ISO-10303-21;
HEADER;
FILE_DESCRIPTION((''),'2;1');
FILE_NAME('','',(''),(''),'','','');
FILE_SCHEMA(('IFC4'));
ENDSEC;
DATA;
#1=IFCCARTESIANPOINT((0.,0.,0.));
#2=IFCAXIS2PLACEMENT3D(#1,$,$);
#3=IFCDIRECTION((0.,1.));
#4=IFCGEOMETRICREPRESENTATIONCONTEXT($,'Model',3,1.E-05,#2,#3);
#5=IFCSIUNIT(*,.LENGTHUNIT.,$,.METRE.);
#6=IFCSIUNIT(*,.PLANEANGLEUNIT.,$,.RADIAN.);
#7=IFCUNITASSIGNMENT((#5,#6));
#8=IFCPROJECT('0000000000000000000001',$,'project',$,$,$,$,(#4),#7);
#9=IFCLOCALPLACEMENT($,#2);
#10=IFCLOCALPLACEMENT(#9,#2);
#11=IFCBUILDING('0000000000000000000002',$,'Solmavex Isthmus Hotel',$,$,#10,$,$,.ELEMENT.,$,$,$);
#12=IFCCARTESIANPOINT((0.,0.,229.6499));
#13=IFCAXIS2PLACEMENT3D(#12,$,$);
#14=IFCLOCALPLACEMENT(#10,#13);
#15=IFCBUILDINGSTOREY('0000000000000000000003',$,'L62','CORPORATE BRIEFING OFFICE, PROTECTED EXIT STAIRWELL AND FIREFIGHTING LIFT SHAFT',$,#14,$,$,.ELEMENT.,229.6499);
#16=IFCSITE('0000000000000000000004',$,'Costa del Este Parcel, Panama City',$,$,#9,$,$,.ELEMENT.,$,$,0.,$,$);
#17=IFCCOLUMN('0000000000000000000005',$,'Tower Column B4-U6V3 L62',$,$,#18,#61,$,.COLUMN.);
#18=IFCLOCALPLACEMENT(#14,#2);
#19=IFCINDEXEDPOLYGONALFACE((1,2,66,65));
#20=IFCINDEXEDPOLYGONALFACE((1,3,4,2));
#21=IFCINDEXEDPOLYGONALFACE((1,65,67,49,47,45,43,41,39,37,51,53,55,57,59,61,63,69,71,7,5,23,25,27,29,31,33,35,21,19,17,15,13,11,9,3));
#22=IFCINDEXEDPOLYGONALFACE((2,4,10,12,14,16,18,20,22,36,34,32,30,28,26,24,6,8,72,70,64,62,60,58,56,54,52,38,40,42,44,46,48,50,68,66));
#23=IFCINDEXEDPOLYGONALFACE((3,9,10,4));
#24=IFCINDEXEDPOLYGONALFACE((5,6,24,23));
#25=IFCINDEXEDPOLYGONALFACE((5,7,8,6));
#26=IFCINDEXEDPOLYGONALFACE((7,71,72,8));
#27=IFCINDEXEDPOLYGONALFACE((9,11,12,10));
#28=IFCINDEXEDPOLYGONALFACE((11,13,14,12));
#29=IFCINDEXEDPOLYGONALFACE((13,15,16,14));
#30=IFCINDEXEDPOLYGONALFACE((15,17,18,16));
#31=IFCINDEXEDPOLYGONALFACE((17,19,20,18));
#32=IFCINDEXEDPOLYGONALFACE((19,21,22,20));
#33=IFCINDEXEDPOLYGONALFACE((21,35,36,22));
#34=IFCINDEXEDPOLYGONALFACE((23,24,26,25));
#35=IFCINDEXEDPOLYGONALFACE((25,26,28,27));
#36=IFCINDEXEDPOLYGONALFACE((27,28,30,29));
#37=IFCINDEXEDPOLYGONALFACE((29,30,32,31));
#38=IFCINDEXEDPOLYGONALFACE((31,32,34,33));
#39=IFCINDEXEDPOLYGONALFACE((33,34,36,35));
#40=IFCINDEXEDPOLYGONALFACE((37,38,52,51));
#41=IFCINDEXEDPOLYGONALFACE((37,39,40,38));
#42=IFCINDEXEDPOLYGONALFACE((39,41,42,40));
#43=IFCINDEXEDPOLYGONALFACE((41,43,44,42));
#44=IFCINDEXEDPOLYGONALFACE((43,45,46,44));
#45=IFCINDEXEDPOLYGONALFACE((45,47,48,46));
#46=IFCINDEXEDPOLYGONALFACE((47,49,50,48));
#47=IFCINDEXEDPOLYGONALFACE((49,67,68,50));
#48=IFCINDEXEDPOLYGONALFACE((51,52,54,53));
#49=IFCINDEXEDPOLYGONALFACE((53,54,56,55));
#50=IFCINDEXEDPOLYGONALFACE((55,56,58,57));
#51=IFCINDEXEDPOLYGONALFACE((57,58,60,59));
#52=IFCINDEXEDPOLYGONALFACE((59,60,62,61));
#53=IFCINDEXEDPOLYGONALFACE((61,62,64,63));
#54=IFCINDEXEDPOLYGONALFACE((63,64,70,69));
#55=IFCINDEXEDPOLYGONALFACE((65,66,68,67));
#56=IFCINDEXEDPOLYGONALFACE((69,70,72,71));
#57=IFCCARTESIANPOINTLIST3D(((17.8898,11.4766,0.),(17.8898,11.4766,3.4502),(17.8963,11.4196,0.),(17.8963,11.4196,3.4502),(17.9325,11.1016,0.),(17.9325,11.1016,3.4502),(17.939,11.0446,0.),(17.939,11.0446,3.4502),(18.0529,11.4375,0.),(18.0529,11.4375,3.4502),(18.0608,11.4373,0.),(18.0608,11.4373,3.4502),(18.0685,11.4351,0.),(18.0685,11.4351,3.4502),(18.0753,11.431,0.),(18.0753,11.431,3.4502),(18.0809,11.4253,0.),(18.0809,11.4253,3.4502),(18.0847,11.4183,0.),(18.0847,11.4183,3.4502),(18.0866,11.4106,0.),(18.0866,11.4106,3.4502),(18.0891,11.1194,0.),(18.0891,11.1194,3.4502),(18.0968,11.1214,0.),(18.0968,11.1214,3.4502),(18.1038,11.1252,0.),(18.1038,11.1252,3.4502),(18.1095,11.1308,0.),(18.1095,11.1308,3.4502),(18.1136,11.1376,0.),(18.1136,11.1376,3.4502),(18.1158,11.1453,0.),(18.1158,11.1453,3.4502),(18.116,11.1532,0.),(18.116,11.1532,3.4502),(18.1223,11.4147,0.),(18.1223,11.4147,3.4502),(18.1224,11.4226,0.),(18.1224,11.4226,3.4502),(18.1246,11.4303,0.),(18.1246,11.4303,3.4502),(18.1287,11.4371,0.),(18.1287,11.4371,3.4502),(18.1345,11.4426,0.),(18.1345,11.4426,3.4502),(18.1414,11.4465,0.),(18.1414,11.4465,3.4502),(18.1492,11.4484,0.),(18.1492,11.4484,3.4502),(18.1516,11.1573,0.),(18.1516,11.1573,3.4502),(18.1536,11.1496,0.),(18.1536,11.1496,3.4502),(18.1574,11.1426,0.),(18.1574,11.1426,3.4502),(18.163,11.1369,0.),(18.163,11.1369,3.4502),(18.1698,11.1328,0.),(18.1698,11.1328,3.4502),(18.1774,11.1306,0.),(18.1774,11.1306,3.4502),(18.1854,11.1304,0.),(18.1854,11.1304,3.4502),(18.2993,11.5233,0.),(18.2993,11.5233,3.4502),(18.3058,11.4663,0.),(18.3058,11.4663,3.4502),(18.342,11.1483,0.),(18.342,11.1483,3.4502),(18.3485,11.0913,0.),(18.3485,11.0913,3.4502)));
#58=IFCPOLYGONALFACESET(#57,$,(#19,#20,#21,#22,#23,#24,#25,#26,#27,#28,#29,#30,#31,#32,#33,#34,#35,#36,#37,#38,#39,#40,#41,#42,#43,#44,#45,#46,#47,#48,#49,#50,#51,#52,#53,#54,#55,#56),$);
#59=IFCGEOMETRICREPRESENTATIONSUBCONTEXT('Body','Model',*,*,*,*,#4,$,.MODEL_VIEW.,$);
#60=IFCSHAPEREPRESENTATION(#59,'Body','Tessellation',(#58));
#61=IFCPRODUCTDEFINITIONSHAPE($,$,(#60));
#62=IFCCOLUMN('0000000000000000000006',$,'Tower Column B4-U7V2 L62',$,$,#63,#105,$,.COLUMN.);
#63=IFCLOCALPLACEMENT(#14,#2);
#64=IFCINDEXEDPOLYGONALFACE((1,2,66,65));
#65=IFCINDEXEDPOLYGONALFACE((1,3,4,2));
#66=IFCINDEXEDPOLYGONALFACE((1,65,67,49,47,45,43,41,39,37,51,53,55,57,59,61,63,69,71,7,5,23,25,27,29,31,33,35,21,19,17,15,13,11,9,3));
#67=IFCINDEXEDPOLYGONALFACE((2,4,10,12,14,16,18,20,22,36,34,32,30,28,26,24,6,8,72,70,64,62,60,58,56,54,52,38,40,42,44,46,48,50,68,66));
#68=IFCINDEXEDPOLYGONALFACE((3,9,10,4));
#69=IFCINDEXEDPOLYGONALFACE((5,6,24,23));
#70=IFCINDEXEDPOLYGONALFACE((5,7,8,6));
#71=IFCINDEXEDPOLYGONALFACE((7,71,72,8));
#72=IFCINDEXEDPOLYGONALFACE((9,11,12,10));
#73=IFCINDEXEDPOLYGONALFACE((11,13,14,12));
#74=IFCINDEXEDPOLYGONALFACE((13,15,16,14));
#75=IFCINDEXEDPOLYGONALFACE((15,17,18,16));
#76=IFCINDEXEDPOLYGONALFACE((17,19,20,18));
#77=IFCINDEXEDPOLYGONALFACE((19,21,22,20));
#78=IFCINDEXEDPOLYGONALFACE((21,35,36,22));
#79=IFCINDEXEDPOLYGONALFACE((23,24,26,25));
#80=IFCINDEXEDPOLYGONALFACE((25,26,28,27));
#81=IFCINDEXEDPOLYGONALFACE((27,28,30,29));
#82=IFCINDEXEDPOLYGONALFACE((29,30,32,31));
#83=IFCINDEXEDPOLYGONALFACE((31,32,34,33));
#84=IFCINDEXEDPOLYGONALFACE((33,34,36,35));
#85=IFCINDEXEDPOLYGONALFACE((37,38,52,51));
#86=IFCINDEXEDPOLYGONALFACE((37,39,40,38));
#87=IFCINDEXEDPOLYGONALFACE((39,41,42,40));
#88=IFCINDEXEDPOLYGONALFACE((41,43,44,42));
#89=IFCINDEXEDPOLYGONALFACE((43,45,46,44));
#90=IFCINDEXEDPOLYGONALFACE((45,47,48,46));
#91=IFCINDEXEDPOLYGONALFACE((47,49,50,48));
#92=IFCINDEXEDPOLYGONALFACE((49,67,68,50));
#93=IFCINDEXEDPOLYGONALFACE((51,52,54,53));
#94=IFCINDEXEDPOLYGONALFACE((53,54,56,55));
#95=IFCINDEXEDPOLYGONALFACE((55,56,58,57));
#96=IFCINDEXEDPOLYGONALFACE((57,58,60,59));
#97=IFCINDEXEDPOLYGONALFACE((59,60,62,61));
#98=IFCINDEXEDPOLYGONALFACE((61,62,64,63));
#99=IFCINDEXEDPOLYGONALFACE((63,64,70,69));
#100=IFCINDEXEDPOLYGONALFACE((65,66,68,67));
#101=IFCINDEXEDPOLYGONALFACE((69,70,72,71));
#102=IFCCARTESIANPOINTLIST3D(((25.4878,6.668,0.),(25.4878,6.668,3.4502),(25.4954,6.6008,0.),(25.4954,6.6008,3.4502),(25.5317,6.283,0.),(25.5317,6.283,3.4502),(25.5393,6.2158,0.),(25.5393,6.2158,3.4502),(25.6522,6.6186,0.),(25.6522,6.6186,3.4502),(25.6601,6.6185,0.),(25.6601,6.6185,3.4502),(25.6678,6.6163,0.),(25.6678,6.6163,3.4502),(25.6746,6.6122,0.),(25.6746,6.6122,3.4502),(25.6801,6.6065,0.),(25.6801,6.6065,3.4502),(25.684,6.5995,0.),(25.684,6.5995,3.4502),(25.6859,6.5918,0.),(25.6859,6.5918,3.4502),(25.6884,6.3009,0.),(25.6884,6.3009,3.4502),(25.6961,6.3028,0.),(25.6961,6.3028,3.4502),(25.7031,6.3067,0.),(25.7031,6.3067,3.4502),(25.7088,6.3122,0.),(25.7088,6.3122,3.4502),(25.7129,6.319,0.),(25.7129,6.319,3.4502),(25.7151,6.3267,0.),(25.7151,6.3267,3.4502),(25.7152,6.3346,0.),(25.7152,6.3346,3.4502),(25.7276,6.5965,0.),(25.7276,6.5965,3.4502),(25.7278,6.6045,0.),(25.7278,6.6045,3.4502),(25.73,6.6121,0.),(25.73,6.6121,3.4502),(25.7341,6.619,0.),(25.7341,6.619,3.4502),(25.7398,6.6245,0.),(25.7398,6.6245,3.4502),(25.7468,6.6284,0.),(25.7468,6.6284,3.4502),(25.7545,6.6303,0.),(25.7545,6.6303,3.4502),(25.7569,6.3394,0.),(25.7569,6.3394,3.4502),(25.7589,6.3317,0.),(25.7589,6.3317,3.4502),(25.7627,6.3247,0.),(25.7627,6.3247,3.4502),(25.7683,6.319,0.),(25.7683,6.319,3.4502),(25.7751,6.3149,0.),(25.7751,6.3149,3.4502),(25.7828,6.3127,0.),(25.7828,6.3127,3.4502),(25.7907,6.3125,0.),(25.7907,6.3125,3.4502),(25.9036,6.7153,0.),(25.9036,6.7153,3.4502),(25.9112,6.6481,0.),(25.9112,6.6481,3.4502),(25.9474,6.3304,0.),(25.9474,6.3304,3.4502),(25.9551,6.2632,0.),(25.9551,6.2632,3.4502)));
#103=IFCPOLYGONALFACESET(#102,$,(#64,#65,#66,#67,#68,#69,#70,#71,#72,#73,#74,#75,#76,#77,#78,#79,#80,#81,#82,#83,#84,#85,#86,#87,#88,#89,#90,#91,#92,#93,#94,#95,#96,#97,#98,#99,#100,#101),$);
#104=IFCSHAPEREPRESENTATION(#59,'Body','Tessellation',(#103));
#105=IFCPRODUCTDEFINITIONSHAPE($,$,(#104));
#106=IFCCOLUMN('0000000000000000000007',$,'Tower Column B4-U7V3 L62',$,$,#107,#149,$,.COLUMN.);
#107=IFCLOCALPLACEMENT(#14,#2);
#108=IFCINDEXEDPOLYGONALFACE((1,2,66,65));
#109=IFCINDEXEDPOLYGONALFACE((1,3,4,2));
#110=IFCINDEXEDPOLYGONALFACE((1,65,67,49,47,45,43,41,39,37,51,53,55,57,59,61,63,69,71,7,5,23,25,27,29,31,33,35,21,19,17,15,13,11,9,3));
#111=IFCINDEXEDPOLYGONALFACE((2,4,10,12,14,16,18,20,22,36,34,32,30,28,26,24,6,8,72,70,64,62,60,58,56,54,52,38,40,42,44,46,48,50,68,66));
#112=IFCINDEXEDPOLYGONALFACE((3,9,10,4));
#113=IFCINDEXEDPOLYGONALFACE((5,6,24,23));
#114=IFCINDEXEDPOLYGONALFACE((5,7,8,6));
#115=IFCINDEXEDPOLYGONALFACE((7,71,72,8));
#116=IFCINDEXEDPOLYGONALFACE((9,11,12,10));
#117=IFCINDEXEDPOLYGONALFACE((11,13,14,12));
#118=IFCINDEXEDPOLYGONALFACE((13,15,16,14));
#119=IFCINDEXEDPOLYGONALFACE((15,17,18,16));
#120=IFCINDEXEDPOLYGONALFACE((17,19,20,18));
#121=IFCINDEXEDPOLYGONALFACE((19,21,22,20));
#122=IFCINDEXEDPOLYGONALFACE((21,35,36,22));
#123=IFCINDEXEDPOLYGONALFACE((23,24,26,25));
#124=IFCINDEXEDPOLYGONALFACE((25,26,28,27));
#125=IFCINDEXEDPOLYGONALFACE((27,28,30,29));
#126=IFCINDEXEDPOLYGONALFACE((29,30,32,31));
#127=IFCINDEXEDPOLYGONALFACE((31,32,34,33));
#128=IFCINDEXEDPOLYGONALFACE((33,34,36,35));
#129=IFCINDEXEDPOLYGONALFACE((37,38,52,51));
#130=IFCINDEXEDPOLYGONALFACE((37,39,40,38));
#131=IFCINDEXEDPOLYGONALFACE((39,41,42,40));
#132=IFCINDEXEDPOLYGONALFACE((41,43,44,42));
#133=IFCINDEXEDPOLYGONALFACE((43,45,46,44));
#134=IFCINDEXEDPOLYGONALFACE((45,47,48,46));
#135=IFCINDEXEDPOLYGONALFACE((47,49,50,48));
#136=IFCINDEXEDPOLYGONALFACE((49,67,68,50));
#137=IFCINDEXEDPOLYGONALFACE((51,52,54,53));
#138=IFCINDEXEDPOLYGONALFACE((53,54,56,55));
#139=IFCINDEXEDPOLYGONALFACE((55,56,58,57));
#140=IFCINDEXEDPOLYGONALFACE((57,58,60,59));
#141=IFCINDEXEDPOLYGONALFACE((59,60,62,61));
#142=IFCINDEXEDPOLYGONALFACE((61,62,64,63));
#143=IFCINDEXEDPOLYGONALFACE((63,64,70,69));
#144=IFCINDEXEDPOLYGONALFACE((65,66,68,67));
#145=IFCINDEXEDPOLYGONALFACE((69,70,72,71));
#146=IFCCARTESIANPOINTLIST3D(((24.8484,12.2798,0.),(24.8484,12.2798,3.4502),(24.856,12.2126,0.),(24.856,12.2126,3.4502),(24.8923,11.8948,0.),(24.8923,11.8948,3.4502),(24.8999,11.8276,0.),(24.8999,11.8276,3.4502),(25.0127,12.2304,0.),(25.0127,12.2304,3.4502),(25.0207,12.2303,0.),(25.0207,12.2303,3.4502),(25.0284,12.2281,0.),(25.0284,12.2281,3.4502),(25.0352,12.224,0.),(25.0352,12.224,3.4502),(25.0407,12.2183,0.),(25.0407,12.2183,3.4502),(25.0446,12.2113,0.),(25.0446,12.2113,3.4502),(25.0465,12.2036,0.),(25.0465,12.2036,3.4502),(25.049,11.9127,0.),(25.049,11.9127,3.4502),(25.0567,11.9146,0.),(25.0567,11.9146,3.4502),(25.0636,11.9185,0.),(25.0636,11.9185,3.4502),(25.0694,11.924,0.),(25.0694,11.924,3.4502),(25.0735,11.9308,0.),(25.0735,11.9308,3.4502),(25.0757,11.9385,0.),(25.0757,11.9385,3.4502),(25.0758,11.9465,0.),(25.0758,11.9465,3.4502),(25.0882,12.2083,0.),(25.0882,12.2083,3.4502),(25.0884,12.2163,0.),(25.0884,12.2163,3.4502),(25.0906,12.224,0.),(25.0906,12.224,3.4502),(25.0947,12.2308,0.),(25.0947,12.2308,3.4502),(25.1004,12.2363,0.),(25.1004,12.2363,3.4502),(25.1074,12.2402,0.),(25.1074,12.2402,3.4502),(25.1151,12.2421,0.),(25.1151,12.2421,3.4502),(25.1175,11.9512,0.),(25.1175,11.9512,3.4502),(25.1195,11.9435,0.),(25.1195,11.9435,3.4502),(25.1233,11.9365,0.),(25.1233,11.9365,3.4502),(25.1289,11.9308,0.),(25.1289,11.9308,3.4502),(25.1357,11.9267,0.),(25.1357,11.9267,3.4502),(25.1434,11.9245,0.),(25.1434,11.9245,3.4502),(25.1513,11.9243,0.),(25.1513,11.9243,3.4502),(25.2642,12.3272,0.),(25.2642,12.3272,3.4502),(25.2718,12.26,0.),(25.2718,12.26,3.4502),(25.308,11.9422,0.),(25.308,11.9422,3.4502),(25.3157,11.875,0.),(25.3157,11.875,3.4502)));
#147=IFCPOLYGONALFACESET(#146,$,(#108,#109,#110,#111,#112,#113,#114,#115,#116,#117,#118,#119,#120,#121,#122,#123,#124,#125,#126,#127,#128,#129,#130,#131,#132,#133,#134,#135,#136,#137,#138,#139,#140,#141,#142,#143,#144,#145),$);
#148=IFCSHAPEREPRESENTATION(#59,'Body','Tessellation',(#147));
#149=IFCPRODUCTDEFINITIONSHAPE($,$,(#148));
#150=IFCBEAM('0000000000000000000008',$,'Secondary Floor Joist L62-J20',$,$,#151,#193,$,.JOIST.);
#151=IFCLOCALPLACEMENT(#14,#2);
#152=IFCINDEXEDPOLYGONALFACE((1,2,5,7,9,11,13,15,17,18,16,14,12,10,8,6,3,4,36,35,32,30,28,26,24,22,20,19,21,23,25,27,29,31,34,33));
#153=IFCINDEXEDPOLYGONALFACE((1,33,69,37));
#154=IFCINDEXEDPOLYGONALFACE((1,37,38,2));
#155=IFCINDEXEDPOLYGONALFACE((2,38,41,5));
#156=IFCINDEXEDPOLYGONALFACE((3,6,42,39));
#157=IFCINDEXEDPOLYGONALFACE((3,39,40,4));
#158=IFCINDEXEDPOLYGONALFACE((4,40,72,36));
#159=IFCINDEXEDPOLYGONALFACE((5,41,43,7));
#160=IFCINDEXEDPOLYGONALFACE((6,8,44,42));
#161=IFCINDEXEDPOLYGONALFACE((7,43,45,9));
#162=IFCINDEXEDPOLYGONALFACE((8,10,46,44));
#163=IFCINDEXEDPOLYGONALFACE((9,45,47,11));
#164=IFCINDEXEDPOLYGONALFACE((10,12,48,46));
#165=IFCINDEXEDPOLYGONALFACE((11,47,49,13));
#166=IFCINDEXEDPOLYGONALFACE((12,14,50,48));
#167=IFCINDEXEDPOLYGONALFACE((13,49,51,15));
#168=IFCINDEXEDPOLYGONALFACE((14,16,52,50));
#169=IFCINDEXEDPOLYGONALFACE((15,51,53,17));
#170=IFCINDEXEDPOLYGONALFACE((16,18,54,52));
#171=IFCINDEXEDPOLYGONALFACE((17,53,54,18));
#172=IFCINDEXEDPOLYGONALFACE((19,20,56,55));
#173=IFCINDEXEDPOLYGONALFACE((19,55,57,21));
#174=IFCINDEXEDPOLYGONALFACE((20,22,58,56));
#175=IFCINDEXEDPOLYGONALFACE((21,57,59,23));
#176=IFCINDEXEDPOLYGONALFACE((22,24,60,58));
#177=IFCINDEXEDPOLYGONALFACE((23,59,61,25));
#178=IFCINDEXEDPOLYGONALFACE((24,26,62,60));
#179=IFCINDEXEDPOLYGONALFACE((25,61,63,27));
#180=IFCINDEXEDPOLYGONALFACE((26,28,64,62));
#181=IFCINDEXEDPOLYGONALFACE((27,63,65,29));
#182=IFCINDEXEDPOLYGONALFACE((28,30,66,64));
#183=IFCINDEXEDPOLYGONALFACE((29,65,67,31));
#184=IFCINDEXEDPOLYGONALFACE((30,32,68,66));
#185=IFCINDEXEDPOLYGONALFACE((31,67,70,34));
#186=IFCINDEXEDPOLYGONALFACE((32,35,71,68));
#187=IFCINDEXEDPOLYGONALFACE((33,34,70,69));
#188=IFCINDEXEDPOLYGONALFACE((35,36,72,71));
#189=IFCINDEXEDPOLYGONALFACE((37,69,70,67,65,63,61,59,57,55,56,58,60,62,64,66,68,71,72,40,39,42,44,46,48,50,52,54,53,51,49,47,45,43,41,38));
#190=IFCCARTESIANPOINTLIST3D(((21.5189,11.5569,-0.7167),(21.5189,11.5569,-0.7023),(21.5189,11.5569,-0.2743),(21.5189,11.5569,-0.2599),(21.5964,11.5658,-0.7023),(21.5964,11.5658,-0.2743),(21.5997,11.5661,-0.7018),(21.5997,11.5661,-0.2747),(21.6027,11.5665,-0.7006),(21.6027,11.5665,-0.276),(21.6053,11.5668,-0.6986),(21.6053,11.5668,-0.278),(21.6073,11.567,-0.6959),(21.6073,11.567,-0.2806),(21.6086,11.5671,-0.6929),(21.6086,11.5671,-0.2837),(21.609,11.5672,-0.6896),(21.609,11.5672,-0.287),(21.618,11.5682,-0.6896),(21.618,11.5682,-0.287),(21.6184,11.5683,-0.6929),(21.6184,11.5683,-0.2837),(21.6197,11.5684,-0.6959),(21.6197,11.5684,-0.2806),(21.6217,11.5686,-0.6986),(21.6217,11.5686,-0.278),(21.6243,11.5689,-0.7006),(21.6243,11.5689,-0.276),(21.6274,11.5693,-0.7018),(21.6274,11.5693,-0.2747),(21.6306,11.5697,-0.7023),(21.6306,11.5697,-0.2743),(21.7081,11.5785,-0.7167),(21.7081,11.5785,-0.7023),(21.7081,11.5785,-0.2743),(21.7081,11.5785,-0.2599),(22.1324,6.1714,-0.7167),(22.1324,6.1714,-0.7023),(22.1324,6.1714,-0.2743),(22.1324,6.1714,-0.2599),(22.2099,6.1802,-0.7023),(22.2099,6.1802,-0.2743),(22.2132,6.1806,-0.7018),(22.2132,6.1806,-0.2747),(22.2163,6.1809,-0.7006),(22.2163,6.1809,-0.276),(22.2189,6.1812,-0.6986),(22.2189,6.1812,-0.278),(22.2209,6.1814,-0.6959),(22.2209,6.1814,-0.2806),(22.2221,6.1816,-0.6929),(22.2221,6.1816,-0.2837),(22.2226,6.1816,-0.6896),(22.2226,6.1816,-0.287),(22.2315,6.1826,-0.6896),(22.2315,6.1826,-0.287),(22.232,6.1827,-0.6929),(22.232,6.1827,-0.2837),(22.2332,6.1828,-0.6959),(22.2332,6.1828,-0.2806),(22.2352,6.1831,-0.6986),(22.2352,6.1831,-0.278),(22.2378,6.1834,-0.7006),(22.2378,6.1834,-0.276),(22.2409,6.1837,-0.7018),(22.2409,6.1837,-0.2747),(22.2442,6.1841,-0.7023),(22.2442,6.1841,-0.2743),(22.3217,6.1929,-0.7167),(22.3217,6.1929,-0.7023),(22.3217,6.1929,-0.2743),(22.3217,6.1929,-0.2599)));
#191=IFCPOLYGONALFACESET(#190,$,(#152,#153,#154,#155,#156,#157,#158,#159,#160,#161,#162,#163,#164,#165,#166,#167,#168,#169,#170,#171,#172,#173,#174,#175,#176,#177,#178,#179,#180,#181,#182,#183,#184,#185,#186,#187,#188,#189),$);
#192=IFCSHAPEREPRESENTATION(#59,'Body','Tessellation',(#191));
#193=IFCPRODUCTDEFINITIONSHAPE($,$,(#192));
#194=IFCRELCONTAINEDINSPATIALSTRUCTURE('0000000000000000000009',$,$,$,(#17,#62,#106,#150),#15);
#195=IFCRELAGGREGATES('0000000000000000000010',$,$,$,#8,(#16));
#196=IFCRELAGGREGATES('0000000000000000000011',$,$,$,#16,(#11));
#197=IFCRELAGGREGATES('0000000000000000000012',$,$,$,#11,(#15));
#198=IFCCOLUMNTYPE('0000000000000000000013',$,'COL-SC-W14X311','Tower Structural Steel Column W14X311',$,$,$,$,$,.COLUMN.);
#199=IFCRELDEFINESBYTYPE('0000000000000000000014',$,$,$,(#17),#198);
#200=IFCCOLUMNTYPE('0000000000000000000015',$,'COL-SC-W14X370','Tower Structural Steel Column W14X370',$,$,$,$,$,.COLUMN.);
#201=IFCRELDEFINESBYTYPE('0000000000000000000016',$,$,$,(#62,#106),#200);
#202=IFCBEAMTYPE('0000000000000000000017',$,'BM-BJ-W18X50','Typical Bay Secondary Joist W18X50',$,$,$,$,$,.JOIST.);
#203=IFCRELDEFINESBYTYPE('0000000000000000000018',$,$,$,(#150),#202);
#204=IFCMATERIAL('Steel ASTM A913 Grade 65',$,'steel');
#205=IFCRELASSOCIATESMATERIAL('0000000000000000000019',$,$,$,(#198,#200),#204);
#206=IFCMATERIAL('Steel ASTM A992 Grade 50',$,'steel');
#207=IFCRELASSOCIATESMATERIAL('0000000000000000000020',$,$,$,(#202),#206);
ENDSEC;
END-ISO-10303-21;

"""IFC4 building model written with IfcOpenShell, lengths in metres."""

from ifc_helpers import new_model, si_unit, direction, frame, origin, origin_2d, place, context, subcontext, project, spatial, i_section, extrude, material, material_profile, profile_set, type_object, element, save


model = new_model("IFC4")

# Units and contexts
model_context = context("Model", 3, precision=1e-05, world=origin(), true_north=direction((0.0, 1.0)))
body_context = subcontext(model_context, "Body", "Model", "MODEL_VIEW")
ifc_project = project(units=[si_unit("LENGTHUNIT", "METRE"), si_unit("PLANEANGLEUNIT", "RADIAN")], contexts=[model_context])

# Site, building, storey
site_placement = place(None, origin())
site = spatial("IfcSite", under=ifc_project, at=site_placement, Name="Costa del Este Parcel, Panama City", CompositionType="ELEMENT", RefElevation=0.0)
building_placement = place(site_placement, origin())
building = spatial("IfcBuilding", under=site, at=building_placement, Name="Solmavex Isthmus Hotel", CompositionType="ELEMENT")
storey_placement = place(building_placement, frame((0.0, 0.0, 229.6499)))
storey = spatial("IfcBuildingStorey", under=building, at=storey_placement, Name="L62", Description="CORPORATE BRIEFING OFFICE, PROTECTED EXIT STAIRWELL AND FIREFIGHTING LIFT SHAFT", CompositionType="ELEMENT", Elevation=229.6499)

# Columns
ifc_material_1 = material(Name="Steel ASTM A913 Grade 65", Category="steel")
ifc_material_profile_1 = material_profile(ifc_material_1, i_section(OverallWidth=0.4121, OverallDepth=0.4348, WebThickness=0.0359, FlangeThickness=0.0574, FilletRadius=0.0305, at=origin_2d()), Name="W14X311")
ifc_profile_set_1 = profile_set([ifc_material_profile_1], Name="Steel ASTM A913 Grade 65")
column_type_1 = type_object("IfcColumnType", Name="COL-SC-W14X311", Description="Tower Structural Steel Column W14X311", PredefinedType="COLUMN", material=ifc_profile_set_1)
column_placement = place(storey_placement, frame((18.1191, 11.2839, 0.0), z_axis=(0.0, 0.0, 1.0), x_axis=(0.993572, 0.113203, 0.0)))
element("IfcColumn", 1, at=column_placement, inside=storey, type_object=column_type_1, Name="Tower Column B4-U6V3 L62", PredefinedType="COLUMN", context=body_context, shape_type="SweptSolid", body=[
    extrude(i_section(OverallWidth=0.4121, OverallDepth=0.4348, WebThickness=0.0359, FlangeThickness=0.0574, FilletRadius=0.0305, at=origin_2d()), origin(), (0.0, 0.0, 1.0), 3.4502),
])
ifc_material_profile_2 = material_profile(ifc_material_1, i_section(OverallWidth=0.4185, OverallDepth=0.4551, WebThickness=0.042, FlangeThickness=0.0676, FilletRadius=0.0305, at=origin_2d()), Name="W14X370")
ifc_profile_set_2 = profile_set([ifc_material_profile_2], Name="Steel ASTM A913 Grade 65")
column_type_2 = type_object("IfcColumnType", Name="COL-SC-W14X370", Description="Tower Structural Steel Column W14X370", PredefinedType="COLUMN", material=ifc_profile_set_2)
for number, where, z_axis, x_axis, name in (
    (2, (25.7214, 6.4656, 0.0), (0.0, 0.0, 1.0), (0.993572, 0.113203, 0.0), "Tower Column B4-U7V2 L62"),
    (3, (25.082, 12.0774, 0.0), (0.0, 0.0, 1.0), (0.993572, 0.113203, 0.0), "Tower Column B4-U7V3 L62"),
):
    element("IfcColumn", number, at=place(storey_placement, frame(where, z_axis=z_axis, x_axis=x_axis)), inside=storey, type_object=column_type_2, Name=name, PredefinedType="COLUMN", context=body_context, shape_type="SweptSolid", body=[
        extrude(i_section(OverallWidth=0.4185, OverallDepth=0.4551, WebThickness=0.042, FlangeThickness=0.0676, FilletRadius=0.0305, at=origin_2d()), origin(), (0.0, 0.0, 1.0), 3.4502),
    ])

# Beam
ifc_material_2 = material(Name="Steel ASTM A992 Grade 50", Category="steel")
ifc_material_profile_3 = material_profile(ifc_material_2, i_section(OverallWidth=0.1904, OverallDepth=0.4568, WebThickness=0.009, FlangeThickness=0.0144, FilletRadius=0.0127, at=origin_2d()), Name="W18X50")
ifc_profile_set_3 = profile_set([ifc_material_profile_3], Name="Steel ASTM A992 Grade 50")
beam_type_1 = type_object("IfcBeamType", Name="BM-BJ-W18X50", Description="Typical Bay Secondary Joist W18X50", PredefinedType="JOIST", material=ifc_profile_set_3)
beam_1_placement = place(storey_placement, frame((22.2271, 6.1821, -0.4883), z_axis=(-0.11319, 0.993573, 0.0), x_axis=(-0.993573, -0.11319, 0.0)))
element("IfcBeam", 4, at=beam_1_placement, inside=storey, type_object=beam_type_1, Name="Secondary Floor Joist L62-J20", PredefinedType="JOIST", context=body_context, shape_type="SweptSolid", body=[
    extrude(i_section(OverallWidth=0.1904, OverallDepth=0.4568, WebThickness=0.009, FlangeThickness=0.0144, FilletRadius=0.0127, at=origin_2d()), origin(), (0.0, 0.0, 1.0), 5.4204),
])

save(model, "model.ifc")
